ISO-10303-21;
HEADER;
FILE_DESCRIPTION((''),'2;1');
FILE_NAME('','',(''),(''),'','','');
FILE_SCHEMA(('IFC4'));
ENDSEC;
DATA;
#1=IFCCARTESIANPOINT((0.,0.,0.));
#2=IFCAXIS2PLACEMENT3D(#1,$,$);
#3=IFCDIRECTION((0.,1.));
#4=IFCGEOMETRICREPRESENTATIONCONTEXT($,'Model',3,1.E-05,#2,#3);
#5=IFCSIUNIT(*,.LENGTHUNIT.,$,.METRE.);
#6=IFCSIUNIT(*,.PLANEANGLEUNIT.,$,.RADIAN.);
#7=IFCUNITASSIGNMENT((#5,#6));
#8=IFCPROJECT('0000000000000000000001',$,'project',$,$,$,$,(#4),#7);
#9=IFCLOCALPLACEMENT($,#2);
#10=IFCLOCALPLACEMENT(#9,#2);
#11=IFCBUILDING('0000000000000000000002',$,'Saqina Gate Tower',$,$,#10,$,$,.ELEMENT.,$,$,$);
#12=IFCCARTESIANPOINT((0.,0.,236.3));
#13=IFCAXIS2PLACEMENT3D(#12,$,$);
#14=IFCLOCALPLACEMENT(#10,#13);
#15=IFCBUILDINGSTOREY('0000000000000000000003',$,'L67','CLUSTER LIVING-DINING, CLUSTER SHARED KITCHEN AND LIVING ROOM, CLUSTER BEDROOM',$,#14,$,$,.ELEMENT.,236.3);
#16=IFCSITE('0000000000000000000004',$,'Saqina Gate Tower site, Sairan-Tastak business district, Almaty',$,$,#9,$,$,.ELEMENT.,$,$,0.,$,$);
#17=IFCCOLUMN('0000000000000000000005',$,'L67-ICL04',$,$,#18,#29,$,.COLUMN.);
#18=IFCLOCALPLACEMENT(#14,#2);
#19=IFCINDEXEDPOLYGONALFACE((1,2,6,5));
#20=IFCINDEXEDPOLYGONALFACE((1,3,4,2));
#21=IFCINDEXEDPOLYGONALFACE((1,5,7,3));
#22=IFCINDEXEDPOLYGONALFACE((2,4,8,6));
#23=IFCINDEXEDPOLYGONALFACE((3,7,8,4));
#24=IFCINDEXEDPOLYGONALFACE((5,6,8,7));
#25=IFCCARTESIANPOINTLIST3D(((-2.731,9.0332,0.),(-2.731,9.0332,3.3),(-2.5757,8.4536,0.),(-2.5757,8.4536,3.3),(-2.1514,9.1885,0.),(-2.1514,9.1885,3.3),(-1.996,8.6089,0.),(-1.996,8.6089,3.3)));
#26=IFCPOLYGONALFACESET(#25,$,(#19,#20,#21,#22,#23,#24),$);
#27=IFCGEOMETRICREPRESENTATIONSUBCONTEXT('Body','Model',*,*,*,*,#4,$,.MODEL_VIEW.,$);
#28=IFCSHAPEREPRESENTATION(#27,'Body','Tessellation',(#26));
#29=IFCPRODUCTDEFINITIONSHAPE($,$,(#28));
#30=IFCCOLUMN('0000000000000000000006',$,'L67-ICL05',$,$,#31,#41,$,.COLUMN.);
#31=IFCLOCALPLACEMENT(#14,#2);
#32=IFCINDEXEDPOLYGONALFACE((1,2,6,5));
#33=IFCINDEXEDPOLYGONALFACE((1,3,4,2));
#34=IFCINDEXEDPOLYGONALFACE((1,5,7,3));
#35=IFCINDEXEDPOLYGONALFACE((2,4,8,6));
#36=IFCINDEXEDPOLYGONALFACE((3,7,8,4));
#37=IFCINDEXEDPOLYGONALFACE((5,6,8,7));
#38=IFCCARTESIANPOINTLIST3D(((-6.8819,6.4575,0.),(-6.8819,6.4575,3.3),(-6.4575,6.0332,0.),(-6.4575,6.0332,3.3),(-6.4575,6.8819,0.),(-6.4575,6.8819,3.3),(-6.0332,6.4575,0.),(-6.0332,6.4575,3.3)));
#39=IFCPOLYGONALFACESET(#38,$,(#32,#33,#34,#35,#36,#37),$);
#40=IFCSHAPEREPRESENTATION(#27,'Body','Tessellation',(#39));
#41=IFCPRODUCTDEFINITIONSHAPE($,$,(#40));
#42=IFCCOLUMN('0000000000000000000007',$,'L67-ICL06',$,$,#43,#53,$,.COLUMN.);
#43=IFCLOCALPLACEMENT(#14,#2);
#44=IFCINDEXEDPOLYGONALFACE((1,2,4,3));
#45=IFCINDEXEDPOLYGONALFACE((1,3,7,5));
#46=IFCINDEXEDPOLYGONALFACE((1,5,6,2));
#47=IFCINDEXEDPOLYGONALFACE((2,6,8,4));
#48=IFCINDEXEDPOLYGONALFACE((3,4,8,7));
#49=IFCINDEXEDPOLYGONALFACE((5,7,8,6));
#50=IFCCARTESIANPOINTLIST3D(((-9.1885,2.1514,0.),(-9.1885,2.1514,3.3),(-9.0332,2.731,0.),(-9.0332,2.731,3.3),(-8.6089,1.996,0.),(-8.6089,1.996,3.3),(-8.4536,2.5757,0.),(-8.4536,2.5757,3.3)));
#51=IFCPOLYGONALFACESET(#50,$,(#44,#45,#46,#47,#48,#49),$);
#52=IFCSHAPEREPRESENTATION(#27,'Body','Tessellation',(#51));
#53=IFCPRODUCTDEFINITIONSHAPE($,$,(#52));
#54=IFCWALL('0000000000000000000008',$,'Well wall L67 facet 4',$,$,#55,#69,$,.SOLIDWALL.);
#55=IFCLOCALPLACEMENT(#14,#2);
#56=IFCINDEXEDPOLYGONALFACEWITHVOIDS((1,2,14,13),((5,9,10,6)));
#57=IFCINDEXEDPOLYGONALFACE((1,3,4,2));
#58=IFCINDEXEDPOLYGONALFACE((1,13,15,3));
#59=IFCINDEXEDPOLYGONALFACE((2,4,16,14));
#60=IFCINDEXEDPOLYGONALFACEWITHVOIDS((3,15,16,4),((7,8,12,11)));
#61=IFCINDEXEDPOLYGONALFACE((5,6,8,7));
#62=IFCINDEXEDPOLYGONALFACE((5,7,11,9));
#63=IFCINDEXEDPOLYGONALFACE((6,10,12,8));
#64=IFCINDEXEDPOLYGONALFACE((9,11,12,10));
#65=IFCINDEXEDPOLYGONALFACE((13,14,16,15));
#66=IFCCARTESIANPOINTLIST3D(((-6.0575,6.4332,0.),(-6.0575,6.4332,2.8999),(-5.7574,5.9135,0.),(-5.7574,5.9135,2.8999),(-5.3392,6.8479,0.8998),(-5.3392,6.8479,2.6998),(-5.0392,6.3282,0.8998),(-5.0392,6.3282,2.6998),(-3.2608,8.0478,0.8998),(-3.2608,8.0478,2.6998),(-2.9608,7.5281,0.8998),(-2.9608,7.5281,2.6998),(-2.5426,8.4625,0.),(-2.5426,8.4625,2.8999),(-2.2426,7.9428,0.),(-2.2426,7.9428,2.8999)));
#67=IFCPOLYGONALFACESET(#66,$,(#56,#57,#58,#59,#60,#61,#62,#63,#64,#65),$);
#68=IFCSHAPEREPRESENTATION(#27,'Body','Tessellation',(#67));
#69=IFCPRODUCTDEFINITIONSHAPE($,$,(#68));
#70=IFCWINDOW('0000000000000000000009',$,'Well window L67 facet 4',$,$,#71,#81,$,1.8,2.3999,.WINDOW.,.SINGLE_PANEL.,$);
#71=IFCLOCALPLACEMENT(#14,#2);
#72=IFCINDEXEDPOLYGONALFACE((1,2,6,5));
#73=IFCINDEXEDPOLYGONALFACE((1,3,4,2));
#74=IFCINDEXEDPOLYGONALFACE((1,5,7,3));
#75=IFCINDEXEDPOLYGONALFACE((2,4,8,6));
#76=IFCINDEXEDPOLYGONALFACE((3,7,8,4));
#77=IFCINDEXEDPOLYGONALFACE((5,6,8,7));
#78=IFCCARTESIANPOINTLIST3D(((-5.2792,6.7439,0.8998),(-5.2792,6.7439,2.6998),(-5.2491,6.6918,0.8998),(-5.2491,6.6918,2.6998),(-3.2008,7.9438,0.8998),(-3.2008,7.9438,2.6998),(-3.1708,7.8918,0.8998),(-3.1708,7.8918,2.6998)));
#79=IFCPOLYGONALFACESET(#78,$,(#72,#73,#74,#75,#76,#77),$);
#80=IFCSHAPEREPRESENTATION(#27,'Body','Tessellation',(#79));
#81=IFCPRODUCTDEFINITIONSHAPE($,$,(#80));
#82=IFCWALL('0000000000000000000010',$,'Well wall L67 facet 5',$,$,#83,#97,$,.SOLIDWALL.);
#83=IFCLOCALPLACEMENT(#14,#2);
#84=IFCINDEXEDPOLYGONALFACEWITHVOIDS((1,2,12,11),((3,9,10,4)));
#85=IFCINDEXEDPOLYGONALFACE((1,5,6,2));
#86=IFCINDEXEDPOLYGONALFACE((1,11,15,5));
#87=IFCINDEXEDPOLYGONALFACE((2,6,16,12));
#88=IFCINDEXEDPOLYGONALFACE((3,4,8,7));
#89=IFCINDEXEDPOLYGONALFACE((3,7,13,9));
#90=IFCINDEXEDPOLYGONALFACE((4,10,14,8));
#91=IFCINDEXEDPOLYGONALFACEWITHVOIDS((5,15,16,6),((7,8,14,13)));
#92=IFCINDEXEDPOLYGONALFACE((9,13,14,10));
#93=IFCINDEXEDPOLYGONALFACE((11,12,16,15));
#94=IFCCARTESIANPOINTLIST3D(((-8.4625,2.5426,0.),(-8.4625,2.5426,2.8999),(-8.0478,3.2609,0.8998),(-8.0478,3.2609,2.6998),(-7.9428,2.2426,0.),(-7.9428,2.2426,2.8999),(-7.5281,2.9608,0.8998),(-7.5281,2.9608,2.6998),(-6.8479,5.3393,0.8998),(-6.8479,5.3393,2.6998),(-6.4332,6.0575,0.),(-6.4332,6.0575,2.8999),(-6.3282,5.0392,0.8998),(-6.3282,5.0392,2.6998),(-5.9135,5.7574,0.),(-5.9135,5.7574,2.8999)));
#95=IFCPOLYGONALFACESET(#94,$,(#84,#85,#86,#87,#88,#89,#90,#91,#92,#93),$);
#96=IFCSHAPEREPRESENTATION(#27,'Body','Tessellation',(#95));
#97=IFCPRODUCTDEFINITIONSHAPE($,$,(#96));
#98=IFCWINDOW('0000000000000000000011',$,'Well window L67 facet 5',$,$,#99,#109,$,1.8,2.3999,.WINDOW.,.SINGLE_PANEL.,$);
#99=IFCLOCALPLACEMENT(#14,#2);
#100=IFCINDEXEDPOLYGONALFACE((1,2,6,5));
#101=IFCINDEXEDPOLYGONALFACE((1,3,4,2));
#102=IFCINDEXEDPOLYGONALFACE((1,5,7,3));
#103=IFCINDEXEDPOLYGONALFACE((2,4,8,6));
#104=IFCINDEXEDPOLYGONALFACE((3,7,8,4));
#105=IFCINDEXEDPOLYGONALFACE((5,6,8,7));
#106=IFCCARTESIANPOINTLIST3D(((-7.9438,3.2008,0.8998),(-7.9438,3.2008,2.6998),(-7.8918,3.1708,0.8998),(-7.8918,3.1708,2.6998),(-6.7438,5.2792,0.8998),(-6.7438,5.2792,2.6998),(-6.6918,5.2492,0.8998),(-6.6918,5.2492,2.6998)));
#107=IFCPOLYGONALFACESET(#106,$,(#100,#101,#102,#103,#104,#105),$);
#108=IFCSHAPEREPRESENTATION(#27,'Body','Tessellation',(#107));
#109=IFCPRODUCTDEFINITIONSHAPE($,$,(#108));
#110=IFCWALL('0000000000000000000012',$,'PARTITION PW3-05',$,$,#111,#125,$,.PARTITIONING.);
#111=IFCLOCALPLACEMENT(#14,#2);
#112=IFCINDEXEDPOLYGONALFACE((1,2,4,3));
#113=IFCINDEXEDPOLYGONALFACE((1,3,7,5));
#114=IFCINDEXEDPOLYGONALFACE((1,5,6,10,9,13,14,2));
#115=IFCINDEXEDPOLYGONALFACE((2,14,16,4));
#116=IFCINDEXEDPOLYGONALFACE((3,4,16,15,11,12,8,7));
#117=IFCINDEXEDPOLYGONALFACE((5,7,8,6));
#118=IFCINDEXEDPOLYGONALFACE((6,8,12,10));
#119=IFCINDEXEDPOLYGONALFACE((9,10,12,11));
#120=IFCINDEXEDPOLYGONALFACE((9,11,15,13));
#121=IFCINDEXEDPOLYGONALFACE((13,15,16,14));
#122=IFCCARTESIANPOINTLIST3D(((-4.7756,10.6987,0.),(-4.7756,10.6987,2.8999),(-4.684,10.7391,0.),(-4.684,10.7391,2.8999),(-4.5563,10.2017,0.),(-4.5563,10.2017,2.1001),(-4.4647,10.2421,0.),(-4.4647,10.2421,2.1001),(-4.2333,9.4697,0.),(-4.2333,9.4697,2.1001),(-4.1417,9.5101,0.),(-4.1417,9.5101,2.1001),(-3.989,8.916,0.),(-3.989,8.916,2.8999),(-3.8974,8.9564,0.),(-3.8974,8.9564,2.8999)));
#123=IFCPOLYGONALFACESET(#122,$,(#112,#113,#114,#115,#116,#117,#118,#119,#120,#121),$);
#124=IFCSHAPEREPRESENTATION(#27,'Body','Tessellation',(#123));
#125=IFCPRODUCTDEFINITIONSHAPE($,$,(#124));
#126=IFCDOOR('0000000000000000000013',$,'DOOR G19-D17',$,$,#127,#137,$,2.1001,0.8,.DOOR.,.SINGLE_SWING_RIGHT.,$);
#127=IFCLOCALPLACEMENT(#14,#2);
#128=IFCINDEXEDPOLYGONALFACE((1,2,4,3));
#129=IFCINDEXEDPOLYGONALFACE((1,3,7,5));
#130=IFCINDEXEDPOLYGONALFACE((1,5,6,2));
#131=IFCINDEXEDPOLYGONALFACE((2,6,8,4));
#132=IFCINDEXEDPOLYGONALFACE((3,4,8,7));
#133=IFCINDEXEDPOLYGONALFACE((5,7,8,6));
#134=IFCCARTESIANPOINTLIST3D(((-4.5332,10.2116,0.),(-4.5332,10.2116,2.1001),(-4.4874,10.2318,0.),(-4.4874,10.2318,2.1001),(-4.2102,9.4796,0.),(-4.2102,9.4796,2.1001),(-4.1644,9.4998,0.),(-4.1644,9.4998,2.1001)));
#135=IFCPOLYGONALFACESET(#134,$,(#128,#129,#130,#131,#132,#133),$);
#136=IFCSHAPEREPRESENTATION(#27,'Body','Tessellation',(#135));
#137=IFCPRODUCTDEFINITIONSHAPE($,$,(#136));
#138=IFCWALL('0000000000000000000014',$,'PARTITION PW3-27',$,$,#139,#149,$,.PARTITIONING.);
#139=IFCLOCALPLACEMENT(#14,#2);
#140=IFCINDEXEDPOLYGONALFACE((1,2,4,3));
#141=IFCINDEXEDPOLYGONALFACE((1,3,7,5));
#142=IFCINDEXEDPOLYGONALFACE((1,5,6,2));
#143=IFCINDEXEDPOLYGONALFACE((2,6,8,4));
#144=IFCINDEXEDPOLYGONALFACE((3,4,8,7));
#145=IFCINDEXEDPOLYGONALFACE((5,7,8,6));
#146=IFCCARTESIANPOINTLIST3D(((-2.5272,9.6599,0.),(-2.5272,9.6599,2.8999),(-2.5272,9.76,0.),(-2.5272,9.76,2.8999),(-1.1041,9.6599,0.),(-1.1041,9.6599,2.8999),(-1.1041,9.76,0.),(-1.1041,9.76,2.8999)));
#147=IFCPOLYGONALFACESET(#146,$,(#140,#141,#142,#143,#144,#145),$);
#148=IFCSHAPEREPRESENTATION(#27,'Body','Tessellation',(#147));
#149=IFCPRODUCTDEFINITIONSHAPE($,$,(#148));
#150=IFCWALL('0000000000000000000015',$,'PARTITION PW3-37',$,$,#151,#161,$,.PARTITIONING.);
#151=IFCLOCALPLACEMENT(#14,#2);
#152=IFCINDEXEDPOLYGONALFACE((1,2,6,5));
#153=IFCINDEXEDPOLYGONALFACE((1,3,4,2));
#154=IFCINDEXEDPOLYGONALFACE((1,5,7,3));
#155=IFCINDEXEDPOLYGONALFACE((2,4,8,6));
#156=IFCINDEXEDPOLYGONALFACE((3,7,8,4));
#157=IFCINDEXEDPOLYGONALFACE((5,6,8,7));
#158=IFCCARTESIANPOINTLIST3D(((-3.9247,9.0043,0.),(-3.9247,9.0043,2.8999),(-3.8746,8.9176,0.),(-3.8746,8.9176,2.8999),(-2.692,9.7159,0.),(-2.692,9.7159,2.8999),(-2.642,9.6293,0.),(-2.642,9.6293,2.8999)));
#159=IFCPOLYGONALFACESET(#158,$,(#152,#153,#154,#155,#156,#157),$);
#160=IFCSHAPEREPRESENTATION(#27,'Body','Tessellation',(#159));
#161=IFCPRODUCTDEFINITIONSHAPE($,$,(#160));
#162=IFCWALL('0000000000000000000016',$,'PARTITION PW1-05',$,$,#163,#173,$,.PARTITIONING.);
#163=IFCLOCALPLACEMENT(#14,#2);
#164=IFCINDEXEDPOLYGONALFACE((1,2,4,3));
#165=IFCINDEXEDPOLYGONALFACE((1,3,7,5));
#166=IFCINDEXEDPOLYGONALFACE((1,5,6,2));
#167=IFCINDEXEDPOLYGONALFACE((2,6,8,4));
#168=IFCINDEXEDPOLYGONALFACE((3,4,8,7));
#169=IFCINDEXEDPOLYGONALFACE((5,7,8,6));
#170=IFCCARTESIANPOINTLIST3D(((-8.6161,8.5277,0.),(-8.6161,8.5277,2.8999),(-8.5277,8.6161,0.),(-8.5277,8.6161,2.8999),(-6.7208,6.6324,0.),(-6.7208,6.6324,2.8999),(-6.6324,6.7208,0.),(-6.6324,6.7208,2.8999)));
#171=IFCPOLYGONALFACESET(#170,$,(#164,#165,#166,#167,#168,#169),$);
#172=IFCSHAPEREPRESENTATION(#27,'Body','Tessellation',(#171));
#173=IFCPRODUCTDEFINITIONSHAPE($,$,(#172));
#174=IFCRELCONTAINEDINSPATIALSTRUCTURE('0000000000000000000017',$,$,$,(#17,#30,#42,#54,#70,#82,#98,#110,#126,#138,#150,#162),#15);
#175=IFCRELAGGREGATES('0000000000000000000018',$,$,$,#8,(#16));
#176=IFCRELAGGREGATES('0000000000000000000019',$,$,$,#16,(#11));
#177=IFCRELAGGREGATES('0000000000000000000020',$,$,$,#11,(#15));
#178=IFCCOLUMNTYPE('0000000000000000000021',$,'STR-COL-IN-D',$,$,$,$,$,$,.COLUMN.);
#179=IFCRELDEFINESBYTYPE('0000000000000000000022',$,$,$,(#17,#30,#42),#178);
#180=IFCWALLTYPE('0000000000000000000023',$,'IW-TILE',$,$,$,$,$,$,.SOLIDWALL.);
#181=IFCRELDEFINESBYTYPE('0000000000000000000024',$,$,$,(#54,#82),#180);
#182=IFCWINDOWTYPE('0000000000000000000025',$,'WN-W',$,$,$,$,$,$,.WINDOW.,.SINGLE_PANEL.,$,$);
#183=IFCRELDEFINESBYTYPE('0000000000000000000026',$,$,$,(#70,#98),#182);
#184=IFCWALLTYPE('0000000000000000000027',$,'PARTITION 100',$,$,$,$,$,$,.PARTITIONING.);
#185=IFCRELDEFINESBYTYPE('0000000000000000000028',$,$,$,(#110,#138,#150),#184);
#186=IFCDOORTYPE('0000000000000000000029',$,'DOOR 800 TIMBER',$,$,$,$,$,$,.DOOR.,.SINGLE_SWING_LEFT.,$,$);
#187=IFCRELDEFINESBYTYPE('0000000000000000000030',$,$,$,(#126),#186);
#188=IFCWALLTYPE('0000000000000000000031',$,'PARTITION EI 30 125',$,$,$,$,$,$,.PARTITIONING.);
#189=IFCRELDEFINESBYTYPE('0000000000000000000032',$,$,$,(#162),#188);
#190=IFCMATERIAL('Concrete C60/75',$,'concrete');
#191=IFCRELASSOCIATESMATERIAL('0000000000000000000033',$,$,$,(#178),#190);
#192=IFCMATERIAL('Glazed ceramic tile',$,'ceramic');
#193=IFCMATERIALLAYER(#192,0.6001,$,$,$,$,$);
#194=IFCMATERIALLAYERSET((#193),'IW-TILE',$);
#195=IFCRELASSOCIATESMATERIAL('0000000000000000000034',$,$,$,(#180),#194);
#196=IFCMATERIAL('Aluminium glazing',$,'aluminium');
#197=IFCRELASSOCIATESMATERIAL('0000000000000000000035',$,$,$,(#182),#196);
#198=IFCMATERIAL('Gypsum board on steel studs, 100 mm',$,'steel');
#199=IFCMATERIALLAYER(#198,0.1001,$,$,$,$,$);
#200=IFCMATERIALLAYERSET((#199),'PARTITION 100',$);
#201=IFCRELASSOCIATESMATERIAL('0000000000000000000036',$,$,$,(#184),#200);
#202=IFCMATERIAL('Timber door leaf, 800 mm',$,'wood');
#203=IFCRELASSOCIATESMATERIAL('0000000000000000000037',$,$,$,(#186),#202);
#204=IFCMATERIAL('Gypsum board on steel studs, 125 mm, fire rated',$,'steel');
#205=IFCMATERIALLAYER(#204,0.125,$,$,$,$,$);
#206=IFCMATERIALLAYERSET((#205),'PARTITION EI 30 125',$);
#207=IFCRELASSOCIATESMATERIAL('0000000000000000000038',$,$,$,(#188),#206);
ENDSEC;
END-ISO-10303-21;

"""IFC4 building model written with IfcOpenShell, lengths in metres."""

from ifc_helpers import new_model, si_unit, direction, frame, frame_2d, origin, origin_2d, place, context, subcontext, project, spatial, rectangle, extrude, material, layer, layer_set, material_profile, profile_set, type_object, element, fill, save


model = new_model("IFC4")

# Units and contexts
model_context = context("Model", 3, precision=1e-05, world=origin(), true_north=direction((0.0, 1.0)))
body_context = subcontext(model_context, "Body", "Model", "MODEL_VIEW")
ifc_project = project(units=[si_unit("LENGTHUNIT", "METRE"), si_unit("PLANEANGLEUNIT", "RADIAN")], contexts=[model_context])

# Site, building, storey
site_placement = place(None, origin())
site = spatial("IfcSite", under=ifc_project, at=site_placement, Name="Saqina Gate Tower site, Sairan-Tastak business district, Almaty", CompositionType="ELEMENT", RefElevation=0.0)
building_placement = place(site_placement, origin())
building = spatial("IfcBuilding", under=site, at=building_placement, Name="Saqina Gate Tower", CompositionType="ELEMENT")
storey_placement = place(building_placement, frame((0.0, 0.0, 236.3)))
storey = spatial("IfcBuildingStorey", under=building, at=storey_placement, Name="L67", Description="CLUSTER LIVING-DINING, CLUSTER SHARED KITCHEN AND LIVING ROOM, CLUSTER BEDROOM", CompositionType="ELEMENT", Elevation=236.3)

# Columns
ifc_material_1 = material(Name="Concrete C60/75", Category="concrete")
ifc_material_profile = material_profile(ifc_material_1, rectangle(XDim=0.6001, YDim=0.6001, at=origin_2d()), Name="RC 600x600")
ifc_profile_set = profile_set([ifc_material_profile], Name="Concrete C60/75")
column_type = type_object("IfcColumnType", Name="STR-COL-IN-D", PredefinedType="COLUMN", material=ifc_profile_set)
for number, where, z_axis, x_axis, name in (
    (1, (-2.3635, 8.821, 0.0), (0.0, 0.0, 1.0), (-0.258819, 0.965926, 0.0), "L67-ICL04"),
    (2, (-6.4575, 6.4575, 0.0), (0.0, 0.0, 1.0), (-0.707107, 0.707107, 0.0), "L67-ICL05"),
    (3, (-8.821, 2.3635, 0.0), (0.0, 0.0, 1.0), (-0.965926, 0.258819, 0.0), "L67-ICL06"),
):
    element("IfcColumn", number, at=place(storey_placement, frame(where, z_axis=z_axis, x_axis=x_axis)), inside=storey, type_object=column_type, Name=name, PredefinedType="COLUMN", context=body_context, shape_type="SweptSolid", body=[
        extrude(rectangle(XDim=0.6001, YDim=0.6001, at=origin_2d()), origin(), (0.0, 0.0, 1.0), 3.3),
    ])

# Walls, openings, windows
ifc_material_2 = material(Name="Glazed ceramic tile", Category="ceramic")
ifc_layer_1 = layer(ifc_material_2, 0.6001)
ifc_layer_set_1 = layer_set([ifc_layer_1], Name="IW-TILE")
wall_type_1 = type_object("IfcWallType", Name="IW-TILE", PredefinedType="SOLIDWALL", material=ifc_layer_set_1)
wall_1_placement = place(storey_placement, frame((-2.3926, 8.2026, 0.0), z_axis=(0.0, 0.0, 1.0), x_axis=(-0.866028, -0.499995, 0.0)))
wall_1 = element("IfcWall", 4, at=wall_1_placement, inside=storey, type_object=wall_type_1, Name="Well wall L67 facet 4", PredefinedType="SOLIDWALL", context=body_context, shape_type="SweptSolid", body=[
    extrude(rectangle(XDim=4.0586, YDim=0.6001, at=frame_2d((2.0293, 0.0))), origin(), (0.0, 0.0, 1.0), 2.8999),
])
opening_1_placement = place(wall_1_placement, frame((0.8293, 0.0, 0.8999)))
opening_1 = element("IfcOpeningElement", 5, at=opening_1_placement, cuts=wall_1, PredefinedType="OPENING", context=body_context, shape_type="SweptSolid", body=[
    extrude(rectangle(XDim=2.3999, YDim=1.8, at=frame_2d((1.2, 0.8999))), frame((0.0, 0.312, 0.0), z_axis=(0.0, -1.0, 0.0), x_axis=(1.0, 0.0, 0.0)), (0.0, 0.0, 1.0), 0.624),
])
ifc_material_3 = material(Name="Aluminium glazing", Category="aluminium")
window_type = type_object("IfcWindowType", Name="WN-W", PartitioningType="SINGLE_PANEL", PredefinedType="WINDOW", material=ifc_material_3)
window_1_placement = place(opening_1_placement, origin())
window_1 = element("IfcWindow", 6, at=window_1_placement, inside=storey, type_object=window_type, Name="Well window L67 facet 4", OverallHeight=1.8, OverallWidth=2.3999, PartitioningType="SINGLE_PANEL", PredefinedType="WINDOW", context=body_context, shape_type="SweptSolid", body=[
    extrude(rectangle(XDim=2.3999, YDim=1.8, at=frame_2d((1.2, 0.8999))), frame((0.0, -0.1199, 0.0), z_axis=(0.0, -1.0, 0.0), x_axis=(1.0, 0.0, 0.0)), (0.0, 0.0, 1.0), 0.0601),
])
fill(opening_1, window_1)
wall_2_placement = place(storey_placement, frame((-6.1733, 5.9075, 0.0), z_axis=(0.0, 0.0, 1.0), x_axis=(-0.499995, -0.866028, 0.0)))
wall_2 = element("IfcWall", 7, at=wall_2_placement, inside=storey, type_object=wall_type_1, Name="Well wall L67 facet 5", PredefinedType="SOLIDWALL", context=body_context, shape_type="SweptSolid", body=[
    extrude(rectangle(XDim=4.0586, YDim=0.6001, at=frame_2d((2.0293, 0.0))), origin(), (0.0, 0.0, 1.0), 2.8999),
])
opening_2_placement = place(wall_2_placement, frame((0.8293, 0.0, 0.8999)))
opening_2 = element("IfcOpeningElement", 8, at=opening_2_placement, cuts=wall_2, PredefinedType="OPENING", context=body_context, shape_type="SweptSolid", body=[
    extrude(rectangle(XDim=2.3999, YDim=1.8, at=frame_2d((1.2, 0.8999))), frame((0.0, 0.312, 0.0), z_axis=(0.0, -1.0, 0.0), x_axis=(1.0, 0.0, 0.0)), (0.0, 0.0, 1.0), 0.624),
])
window_2_placement = place(opening_2_placement, origin())
window_2 = element("IfcWindow", 9, at=window_2_placement, inside=storey, type_object=window_type, Name="Well window L67 facet 5", OverallHeight=1.8, OverallWidth=2.3999, PartitioningType="SINGLE_PANEL", PredefinedType="WINDOW", context=body_context, shape_type="SweptSolid", body=[
    extrude(rectangle(XDim=2.3999, YDim=1.8, at=frame_2d((1.2, 0.8999))), frame((0.0, -0.1199, 0.0), z_axis=(0.0, -1.0, 0.0), x_axis=(1.0, 0.0, 0.0)), (0.0, 0.0, 1.0), 0.0601),
])
fill(opening_2, window_2)

# Wall, opening, door
ifc_material_4 = material(Name="Gypsum board on steel studs, 100 mm", Category="steel")
ifc_layer_2 = layer(ifc_material_4, 0.1001)
ifc_layer_set_2 = layer_set([ifc_layer_2], Name="PARTITION 100")
wall_type_2 = type_object("IfcWallType", Name="PARTITION 100", PredefinedType="PARTITIONING", material=ifc_layer_set_2)
wall_3_placement = place(storey_placement, frame((-4.7297, 10.7188, 0.0), z_axis=(0.0, 0.0, 1.0), x_axis=(0.403696, -0.914893, 0.0)))
wall_3 = element("IfcWall", 10, at=wall_3_placement, inside=storey, type_object=wall_type_2, Name="PARTITION PW3-05", PredefinedType="PARTITIONING", context=body_context, shape_type="SweptSolid", body=[
    extrude(rectangle(XDim=1.9485, YDim=0.1001, at=frame_2d((0.9741, 0.0))), origin(), (0.0, 0.0, 1.0), 2.8999),
])
opening_3_placement = place(wall_3_placement, frame((0.5432, 0.0, 0.0)))
opening_3 = element("IfcOpeningElement", 11, at=opening_3_placement, cuts=wall_3, PredefinedType="OPENING", context=body_context, shape_type="SweptSolid", body=[
    extrude(rectangle(XDim=0.8, YDim=2.1001, at=frame_2d((0.3999, 1.05))), frame((0.0, 0.062, 0.0), z_axis=(0.0, -1.0, 0.0), x_axis=(1.0, 0.0, 0.0)), (0.0, 0.0, 1.0), 0.124),
])
ifc_material_5 = material(Name="Timber door leaf, 800 mm", Category="wood")
door_type_1 = type_object("IfcDoorType", Name="DOOR 800 TIMBER", OperationType="SINGLE_SWING_LEFT", PredefinedType="DOOR", material=ifc_material_5)
door_1_placement = place(opening_3_placement, frame((0.8, 0.0, 0.0), z_axis=(0.0, 0.0, 1.0), x_axis=(-1.0, 0.0, 0.0)))
door_1 = element("IfcDoor", 12, at=door_1_placement, inside=storey, type_object=door_type_1, Name="DOOR G19-D17", OperationType="SINGLE_SWING_RIGHT", OverallHeight=2.1001, OverallWidth=0.8, PredefinedType="DOOR", context=body_context, shape_type="SweptSolid", body=[
    extrude(rectangle(XDim=0.8, YDim=2.1001, at=frame_2d((0.3999, 1.05))), frame((0.0, 0.0249, 0.0), z_axis=(0.0, -1.0, 0.0), x_axis=(1.0, 0.0, 0.0)), (0.0, 0.0, 1.0), 0.05),
])
fill(opening_3, door_1)

# Walls
wall_4_placement = place(storey_placement, frame((-2.5271, 9.71, 0.0), z_axis=(0.0, 0.0, 1.0), x_axis=(1.0, 0.0, 0.0)))
element("IfcWall", 13, at=wall_4_placement, inside=storey, type_object=wall_type_2, Name="PARTITION PW3-27", PredefinedType="PARTITIONING", context=body_context, shape_type="SweptSolid", body=[
    extrude(rectangle(XDim=1.4231, YDim=0.1001, at=frame_2d((0.7114, 0.0))), origin(), (0.0, 0.0, 1.0), 2.8999),
])
wall_5_placement = place(storey_placement, frame((-3.8997, 8.9609, 0.0), z_axis=(0.0, 0.0, 1.0), x_axis=(0.866028, 0.499995, 0.0)))
element("IfcWall", 14, at=wall_5_placement, inside=storey, type_object=wall_type_2, Name="PARTITION PW3-37", PredefinedType="PARTITIONING", context=body_context, shape_type="SweptSolid", body=[
    extrude(rectangle(XDim=1.4233, YDim=0.1001, at=frame_2d((0.7117, 0.0))), origin(), (0.0, 0.0, 1.0), 2.8999),
])
ifc_material_6 = material(Name="Gypsum board on steel studs, 125 mm, fire rated", Category="steel")
ifc_layer_3 = layer(ifc_material_6, 0.125)
ifc_layer_set_3 = layer_set([ifc_layer_3], Name="PARTITION EI 30 125")
wall_type_3 = type_object("IfcWallType", Name="PARTITION EI 30 125", PredefinedType="PARTITIONING", material=ifc_layer_set_3)
wall_6_placement = place(storey_placement, frame((-8.572, 8.572, 0.0), z_axis=(0.0, 0.0, 1.0), x_axis=(0.707107, -0.707107, 0.0)))
element("IfcWall", 15, at=wall_6_placement, inside=storey, type_object=wall_type_3, Name="PARTITION PW1-05", PredefinedType="PARTITIONING", context=body_context, shape_type="SweptSolid", body=[
    extrude(rectangle(XDim=2.6804, YDim=0.125, at=frame_2d((1.3403, 0.0))), origin(), (0.0, 0.0, 1.0), 2.8999),
])

save(model, "model.ifc")
